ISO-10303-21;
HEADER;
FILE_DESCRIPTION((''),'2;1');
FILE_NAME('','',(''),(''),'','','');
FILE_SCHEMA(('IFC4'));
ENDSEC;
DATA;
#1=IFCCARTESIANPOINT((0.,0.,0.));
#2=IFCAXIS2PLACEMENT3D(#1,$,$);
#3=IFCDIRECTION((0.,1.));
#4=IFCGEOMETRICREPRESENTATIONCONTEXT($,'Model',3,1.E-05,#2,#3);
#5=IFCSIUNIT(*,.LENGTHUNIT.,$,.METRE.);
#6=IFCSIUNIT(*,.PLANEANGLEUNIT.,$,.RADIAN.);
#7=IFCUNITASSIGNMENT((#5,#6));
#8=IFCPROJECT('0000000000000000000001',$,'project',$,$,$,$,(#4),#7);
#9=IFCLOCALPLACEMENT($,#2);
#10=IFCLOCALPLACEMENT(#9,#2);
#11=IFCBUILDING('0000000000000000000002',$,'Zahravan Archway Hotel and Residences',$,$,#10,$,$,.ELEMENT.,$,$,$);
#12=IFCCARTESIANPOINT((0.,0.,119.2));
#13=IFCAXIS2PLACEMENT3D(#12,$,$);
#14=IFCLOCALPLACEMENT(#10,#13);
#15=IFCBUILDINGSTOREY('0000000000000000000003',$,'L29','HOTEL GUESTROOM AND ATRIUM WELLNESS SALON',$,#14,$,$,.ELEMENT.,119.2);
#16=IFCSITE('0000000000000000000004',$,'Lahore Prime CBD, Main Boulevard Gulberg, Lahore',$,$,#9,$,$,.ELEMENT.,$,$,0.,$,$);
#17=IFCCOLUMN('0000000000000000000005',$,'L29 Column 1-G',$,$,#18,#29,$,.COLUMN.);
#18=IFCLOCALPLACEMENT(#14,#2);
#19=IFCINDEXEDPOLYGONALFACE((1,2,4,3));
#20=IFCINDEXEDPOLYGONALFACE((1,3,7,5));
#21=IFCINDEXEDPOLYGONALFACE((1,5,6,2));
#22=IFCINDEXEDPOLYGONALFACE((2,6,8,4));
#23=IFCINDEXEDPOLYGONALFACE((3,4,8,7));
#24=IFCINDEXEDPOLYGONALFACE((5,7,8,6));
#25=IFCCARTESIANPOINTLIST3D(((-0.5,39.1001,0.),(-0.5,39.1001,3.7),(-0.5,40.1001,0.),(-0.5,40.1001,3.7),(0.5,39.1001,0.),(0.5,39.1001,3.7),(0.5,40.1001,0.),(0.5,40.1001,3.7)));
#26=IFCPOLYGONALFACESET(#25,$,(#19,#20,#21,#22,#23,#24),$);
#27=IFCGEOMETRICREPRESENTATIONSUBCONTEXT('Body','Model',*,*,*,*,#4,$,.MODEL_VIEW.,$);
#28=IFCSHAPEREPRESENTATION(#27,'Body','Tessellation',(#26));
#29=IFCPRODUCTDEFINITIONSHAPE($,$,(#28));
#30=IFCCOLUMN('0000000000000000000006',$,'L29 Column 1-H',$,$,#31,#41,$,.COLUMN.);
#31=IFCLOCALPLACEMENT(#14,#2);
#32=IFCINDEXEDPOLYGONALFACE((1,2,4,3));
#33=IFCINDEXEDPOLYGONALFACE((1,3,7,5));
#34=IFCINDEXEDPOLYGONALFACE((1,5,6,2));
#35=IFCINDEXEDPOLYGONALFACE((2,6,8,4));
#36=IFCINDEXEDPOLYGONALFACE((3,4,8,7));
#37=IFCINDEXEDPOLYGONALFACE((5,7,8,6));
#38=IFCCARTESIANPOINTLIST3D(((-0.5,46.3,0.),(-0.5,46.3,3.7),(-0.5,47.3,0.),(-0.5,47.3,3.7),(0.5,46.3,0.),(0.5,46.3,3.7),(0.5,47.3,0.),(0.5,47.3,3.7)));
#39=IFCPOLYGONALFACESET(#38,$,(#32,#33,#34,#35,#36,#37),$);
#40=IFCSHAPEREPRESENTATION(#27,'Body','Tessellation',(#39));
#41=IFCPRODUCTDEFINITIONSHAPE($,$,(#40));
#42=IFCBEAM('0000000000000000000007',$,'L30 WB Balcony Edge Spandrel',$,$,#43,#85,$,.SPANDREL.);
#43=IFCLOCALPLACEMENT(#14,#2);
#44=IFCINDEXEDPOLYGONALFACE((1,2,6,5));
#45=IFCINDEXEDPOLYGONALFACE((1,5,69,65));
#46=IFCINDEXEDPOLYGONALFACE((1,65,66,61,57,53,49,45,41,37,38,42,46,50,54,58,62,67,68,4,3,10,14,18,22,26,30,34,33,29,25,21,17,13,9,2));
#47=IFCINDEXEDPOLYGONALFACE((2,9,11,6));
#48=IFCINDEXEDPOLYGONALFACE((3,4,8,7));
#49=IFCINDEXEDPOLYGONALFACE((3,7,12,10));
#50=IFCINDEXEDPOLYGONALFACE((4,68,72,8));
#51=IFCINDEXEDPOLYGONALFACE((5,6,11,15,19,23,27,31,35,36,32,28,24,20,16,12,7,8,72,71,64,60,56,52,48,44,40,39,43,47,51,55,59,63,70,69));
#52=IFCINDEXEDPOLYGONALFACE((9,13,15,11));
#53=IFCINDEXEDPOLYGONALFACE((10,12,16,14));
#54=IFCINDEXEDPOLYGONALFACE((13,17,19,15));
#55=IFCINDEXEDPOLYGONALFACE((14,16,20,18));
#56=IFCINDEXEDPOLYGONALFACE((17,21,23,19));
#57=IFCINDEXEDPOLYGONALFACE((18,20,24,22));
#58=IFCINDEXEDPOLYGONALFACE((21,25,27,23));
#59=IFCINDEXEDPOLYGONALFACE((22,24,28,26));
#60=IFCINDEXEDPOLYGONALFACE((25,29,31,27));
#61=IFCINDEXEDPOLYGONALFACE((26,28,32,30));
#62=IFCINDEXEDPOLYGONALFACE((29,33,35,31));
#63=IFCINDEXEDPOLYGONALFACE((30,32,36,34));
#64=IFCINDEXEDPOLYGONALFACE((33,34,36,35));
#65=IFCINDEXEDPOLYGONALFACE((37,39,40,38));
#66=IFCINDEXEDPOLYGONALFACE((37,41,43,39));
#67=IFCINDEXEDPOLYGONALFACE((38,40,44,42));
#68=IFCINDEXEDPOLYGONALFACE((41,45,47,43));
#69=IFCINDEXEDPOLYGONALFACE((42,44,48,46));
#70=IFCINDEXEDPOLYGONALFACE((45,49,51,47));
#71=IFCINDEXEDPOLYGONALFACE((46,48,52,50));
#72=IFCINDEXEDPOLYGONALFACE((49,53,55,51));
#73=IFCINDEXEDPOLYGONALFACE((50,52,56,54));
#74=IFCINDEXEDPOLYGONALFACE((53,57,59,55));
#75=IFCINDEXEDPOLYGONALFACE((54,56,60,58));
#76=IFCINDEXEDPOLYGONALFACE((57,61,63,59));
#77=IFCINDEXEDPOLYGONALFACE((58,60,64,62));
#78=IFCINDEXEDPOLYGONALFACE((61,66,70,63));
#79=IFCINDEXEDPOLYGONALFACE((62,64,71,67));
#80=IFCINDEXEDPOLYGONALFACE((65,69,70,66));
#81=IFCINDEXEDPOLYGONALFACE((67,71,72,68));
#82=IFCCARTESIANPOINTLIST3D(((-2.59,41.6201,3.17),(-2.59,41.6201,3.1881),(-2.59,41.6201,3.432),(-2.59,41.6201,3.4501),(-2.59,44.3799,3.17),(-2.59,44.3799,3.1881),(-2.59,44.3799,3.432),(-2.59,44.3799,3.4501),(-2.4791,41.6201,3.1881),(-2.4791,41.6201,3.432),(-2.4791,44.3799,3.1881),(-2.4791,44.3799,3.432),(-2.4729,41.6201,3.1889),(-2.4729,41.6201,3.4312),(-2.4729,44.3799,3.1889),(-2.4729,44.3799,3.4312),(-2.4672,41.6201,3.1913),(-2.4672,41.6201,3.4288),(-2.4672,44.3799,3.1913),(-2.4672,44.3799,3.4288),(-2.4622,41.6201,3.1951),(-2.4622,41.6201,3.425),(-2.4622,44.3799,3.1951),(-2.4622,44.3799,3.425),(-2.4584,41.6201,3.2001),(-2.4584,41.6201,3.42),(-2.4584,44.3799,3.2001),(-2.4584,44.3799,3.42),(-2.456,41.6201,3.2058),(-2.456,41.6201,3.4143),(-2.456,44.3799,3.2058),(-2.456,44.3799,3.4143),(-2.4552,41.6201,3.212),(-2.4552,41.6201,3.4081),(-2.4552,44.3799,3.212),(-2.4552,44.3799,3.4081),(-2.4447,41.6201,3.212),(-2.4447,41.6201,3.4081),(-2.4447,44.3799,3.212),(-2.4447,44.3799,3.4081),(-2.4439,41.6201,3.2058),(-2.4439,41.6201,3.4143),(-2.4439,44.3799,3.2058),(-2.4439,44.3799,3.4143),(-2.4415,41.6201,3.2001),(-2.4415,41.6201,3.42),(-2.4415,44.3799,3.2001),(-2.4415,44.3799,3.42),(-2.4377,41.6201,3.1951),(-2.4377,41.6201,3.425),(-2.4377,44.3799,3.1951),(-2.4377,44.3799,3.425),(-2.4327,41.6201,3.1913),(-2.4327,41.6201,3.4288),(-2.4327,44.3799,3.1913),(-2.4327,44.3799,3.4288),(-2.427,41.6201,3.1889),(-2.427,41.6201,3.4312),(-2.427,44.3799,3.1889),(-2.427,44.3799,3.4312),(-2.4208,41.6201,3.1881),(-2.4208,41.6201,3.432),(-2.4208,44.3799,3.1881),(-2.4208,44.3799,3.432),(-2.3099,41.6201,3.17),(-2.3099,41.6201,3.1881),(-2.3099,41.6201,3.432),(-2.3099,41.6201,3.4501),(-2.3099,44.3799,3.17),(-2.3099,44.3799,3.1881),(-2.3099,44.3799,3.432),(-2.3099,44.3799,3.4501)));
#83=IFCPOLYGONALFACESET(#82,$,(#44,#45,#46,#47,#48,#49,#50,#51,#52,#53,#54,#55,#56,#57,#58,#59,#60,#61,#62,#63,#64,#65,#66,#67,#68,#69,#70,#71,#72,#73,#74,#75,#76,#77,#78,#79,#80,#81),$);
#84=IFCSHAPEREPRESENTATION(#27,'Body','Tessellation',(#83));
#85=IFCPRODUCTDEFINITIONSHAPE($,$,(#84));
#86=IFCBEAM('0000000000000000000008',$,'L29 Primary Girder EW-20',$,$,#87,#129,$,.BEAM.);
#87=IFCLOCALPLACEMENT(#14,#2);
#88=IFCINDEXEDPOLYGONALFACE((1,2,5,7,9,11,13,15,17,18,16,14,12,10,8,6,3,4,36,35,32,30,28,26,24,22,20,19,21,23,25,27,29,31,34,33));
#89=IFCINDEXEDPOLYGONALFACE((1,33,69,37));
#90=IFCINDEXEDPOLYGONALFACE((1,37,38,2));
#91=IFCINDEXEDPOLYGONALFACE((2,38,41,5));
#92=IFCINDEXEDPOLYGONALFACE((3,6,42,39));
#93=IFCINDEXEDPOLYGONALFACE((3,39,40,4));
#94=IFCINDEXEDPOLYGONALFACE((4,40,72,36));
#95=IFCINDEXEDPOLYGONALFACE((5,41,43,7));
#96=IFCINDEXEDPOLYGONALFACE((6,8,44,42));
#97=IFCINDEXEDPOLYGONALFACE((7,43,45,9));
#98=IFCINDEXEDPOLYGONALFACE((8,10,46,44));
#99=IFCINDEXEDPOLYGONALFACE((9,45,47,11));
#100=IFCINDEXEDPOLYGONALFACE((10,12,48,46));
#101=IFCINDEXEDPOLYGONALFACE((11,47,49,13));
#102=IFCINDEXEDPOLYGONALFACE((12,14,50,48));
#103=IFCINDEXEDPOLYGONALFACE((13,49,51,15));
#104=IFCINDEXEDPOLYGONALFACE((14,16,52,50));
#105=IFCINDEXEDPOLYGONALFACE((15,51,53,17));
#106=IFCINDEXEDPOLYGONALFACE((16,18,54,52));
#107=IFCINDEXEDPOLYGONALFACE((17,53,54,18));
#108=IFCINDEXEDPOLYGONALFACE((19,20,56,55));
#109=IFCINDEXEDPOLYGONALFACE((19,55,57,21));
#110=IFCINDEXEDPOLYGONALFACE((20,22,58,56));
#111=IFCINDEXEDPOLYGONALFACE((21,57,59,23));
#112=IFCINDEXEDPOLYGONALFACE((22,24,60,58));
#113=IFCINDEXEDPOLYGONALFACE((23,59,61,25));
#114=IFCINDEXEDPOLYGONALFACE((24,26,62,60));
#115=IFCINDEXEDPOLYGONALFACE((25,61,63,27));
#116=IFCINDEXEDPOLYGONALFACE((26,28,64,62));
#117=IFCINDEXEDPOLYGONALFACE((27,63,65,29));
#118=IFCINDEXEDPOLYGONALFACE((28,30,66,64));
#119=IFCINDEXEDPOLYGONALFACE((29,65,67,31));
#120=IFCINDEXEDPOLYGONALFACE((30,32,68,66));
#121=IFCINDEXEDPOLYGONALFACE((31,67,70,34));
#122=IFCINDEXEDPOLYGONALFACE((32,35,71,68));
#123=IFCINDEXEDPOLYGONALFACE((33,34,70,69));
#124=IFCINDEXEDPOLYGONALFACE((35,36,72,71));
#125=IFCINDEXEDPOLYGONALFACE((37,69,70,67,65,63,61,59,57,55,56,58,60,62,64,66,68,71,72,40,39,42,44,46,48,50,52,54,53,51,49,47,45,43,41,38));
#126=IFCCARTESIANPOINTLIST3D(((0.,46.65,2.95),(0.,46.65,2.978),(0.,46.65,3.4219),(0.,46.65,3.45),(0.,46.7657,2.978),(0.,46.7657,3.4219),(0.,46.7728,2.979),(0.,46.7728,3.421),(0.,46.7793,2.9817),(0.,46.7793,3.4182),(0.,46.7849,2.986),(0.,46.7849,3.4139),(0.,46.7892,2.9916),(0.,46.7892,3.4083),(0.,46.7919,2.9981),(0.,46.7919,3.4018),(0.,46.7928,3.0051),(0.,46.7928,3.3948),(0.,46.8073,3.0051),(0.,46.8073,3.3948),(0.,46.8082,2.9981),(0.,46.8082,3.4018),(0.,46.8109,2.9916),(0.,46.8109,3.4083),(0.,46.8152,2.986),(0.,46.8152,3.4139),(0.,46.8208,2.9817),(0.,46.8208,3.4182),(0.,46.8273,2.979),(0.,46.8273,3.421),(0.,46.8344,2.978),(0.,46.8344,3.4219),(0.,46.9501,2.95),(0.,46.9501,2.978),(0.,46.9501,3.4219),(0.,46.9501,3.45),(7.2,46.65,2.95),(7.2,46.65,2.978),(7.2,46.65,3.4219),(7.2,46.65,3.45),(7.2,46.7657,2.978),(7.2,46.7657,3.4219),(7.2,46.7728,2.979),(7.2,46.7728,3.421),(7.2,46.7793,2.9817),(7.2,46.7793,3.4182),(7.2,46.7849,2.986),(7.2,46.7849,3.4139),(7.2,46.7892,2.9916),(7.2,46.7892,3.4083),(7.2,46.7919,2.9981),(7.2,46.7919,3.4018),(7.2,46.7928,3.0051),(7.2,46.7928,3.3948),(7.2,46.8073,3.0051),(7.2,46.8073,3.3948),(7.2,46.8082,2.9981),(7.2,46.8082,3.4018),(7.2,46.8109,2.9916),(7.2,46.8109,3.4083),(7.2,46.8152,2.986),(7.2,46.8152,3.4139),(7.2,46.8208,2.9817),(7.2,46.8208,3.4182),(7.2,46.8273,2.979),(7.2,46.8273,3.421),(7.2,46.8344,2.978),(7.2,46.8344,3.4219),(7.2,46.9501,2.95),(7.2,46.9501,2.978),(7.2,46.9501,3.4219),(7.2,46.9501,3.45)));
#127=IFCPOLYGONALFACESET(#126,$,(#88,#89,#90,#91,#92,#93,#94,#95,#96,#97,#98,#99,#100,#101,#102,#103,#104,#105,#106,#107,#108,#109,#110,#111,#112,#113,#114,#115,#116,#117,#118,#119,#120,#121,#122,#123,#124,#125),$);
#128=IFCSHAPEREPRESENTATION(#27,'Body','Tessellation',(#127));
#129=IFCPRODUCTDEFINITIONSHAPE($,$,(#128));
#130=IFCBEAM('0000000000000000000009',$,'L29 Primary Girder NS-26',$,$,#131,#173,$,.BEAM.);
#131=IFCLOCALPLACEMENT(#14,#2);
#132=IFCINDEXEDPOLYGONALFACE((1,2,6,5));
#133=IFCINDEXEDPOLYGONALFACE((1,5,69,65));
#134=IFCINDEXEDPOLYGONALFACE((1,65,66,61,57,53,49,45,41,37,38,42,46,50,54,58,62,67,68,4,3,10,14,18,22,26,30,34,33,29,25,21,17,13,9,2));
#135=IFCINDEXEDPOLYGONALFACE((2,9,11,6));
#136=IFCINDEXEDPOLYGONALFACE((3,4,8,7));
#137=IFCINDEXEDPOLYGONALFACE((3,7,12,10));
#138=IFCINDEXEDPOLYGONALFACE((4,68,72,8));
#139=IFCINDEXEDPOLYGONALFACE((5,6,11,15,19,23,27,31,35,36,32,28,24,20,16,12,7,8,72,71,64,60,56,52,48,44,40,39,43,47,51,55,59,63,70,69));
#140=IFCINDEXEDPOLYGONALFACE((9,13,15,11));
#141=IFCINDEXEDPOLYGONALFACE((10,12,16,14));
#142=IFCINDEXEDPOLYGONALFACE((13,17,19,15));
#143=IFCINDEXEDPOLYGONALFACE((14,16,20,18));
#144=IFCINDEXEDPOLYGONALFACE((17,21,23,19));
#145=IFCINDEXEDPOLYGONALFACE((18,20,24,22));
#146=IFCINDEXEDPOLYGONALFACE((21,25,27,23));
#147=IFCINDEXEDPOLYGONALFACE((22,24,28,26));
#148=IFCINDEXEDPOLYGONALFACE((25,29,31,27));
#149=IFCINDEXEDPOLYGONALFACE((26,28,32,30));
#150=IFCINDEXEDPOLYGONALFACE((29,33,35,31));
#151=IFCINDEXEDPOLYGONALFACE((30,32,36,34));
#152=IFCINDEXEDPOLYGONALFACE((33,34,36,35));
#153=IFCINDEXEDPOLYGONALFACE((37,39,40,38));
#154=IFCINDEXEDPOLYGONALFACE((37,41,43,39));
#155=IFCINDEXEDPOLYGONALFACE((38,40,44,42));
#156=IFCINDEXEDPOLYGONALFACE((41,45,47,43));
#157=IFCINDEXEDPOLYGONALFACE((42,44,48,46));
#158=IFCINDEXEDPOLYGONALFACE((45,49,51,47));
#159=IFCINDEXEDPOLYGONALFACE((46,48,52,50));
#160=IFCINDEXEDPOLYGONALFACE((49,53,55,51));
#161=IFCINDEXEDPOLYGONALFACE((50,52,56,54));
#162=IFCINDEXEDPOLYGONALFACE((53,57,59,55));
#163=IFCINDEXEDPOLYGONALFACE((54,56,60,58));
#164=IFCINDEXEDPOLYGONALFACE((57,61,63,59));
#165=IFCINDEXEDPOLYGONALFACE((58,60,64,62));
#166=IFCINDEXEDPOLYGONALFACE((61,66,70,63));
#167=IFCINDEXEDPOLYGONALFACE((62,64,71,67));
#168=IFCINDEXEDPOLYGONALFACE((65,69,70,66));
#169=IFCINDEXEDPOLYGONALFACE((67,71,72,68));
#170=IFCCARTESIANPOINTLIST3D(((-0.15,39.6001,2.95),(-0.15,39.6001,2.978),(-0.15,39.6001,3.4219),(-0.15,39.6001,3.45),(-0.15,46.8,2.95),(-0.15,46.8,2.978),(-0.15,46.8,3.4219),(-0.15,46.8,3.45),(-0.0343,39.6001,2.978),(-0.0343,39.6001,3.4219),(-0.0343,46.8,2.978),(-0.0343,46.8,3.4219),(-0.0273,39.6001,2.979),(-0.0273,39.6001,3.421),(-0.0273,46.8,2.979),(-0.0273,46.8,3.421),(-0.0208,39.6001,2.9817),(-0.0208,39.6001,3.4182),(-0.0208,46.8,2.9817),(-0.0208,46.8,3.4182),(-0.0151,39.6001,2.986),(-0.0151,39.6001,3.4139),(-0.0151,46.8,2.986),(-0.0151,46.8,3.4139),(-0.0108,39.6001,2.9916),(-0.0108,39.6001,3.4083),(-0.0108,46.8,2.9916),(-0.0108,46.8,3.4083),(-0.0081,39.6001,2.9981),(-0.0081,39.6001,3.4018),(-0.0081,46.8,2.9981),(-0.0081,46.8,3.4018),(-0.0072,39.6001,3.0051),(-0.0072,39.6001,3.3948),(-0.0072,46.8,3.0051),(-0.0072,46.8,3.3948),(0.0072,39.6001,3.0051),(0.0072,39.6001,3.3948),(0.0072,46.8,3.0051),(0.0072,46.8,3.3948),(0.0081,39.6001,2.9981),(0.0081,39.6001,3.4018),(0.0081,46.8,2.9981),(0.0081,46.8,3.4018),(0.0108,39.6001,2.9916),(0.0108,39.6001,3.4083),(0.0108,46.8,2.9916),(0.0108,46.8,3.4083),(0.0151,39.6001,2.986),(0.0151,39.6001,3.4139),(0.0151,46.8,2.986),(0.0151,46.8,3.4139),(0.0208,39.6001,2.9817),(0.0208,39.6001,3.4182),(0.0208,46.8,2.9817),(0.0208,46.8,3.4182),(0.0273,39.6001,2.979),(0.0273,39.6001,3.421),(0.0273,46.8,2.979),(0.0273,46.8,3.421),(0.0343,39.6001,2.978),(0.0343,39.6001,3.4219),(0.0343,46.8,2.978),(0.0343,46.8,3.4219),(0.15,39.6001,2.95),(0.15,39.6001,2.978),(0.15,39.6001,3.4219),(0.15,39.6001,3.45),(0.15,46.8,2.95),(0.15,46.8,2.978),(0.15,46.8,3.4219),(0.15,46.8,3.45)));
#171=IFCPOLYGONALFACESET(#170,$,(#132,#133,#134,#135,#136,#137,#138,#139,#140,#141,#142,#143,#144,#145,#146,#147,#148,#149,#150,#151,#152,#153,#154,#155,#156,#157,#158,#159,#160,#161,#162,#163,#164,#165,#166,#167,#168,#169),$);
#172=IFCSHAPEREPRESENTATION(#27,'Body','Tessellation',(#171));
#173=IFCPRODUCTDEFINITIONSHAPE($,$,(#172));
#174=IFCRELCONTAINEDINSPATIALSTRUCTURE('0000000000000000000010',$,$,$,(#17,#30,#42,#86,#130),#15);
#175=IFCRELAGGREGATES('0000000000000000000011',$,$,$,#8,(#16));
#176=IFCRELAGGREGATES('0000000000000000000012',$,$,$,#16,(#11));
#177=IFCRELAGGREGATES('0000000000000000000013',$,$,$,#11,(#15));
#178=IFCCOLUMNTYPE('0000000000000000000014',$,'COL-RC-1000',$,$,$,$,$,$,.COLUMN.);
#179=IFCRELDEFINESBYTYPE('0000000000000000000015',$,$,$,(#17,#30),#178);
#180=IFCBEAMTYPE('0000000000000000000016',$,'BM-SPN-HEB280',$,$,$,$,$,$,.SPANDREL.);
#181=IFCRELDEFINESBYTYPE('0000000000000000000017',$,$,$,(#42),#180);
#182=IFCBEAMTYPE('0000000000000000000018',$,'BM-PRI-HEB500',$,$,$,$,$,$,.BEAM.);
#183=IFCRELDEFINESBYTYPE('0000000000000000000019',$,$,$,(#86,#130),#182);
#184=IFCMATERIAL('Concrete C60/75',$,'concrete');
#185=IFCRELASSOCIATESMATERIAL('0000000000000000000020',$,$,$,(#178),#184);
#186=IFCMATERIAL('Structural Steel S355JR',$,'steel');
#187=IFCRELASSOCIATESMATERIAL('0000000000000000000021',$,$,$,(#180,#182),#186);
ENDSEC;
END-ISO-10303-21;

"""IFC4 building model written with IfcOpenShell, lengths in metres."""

from ifc_helpers import new_model, si_unit, direction, frame, origin, origin_2d, place, context, subcontext, project, spatial, rectangle, i_section, extrude, source, transform, mapped, material, material_profile, profile_set, type_object, type_shapes, element, save


model = new_model("IFC4")

# Units and contexts
model_context = context("Model", 3, precision=1e-05, world=origin(), true_north=direction((0.0, 1.0)))
body_context = subcontext(model_context, "Body", "Model", "MODEL_VIEW")
ifc_project = project(units=[si_unit("LENGTHUNIT", "METRE"), si_unit("PLANEANGLEUNIT", "RADIAN")], contexts=[model_context])

# Site, building, storey
site_placement = place(None, origin())
site = spatial("IfcSite", under=ifc_project, at=site_placement, Name="Lahore Prime CBD, Main Boulevard Gulberg, Lahore", CompositionType="ELEMENT", RefElevation=0.0)
building_placement = place(site_placement, origin())
building = spatial("IfcBuilding", under=site, at=building_placement, Name="Zahravan Archway Hotel and Residences", CompositionType="ELEMENT")
storey_placement = place(building_placement, frame((0.0, 0.0, 119.2)))
storey = spatial("IfcBuildingStorey", under=building, at=storey_placement, Name="L29", Description="HOTEL GUESTROOM AND ATRIUM WELLNESS SALON", CompositionType="ELEMENT", Elevation=119.2)

# Columns
ifc_material_1 = material(Name="Concrete C60/75", Category="concrete")
ifc_material_profile_1 = material_profile(ifc_material_1, rectangle(XDim=1.0, YDim=1.0, at=origin_2d()), Name="RC-COL-1000x1000", Category="concrete")
ifc_profile_set_1 = profile_set([ifc_material_profile_1], Name="Concrete C60/75")
column_type = type_object("IfcColumnType", Name="COL-RC-1000", PredefinedType="COLUMN", material=ifc_profile_set_1)
shared_shape_1 = source(origin(), body_context, "Body", "SweptSolid", [
    extrude(rectangle(XDim=1.0, YDim=1.0, at=origin_2d()), origin(), (0.0, 0.0, 1.0), 3.7),
])
type_shapes(column_type, [shared_shape_1])
for number, where, z_axis, x_axis, name in (
    (1, (0.0, 39.6001, 0.0), (0.0, 0.0, 1.0), (1.0, 0.0, 0.0), "L29 Column 1-G"),
    (2, (0.0, 46.8, 0.0), (0.0, 0.0, 1.0), (1.0, 0.0, 0.0), "L29 Column 1-H"),
):
    element("IfcColumn", number, at=place(storey_placement, frame(where, z_axis=z_axis, x_axis=x_axis)), inside=storey, type_object=column_type, Name=name, PredefinedType="COLUMN", context=body_context, shape_type="MappedRepresentation", body=[
        mapped(shared_shape_1, transform((0.0, 0.0, 0.0), scale=1.0)),
    ])

# Beams
ifc_material_2 = material(Name="Structural Steel S355JR", Category="steel")
ifc_material_profile_2 = material_profile(ifc_material_2, i_section(OverallWidth=0.28, OverallDepth=0.28, WebThickness=0.0105, FlangeThickness=0.0181, FilletRadius=0.0239, at=origin_2d()), Name="HEB 280", Category="steel")
ifc_profile_set_2 = profile_set([ifc_material_profile_2], Name="Structural Steel S355JR")
beam_type_1 = type_object("IfcBeamType", Name="BM-SPN-HEB280", PredefinedType="SPANDREL", material=ifc_profile_set_2)
shared_shape_2 = source(origin(), body_context, "Body", "SweptSolid", [
    extrude(i_section(OverallWidth=0.28, OverallDepth=0.28, WebThickness=0.0105, FlangeThickness=0.0181, FilletRadius=0.0239, at=origin_2d()), origin(), (0.0, 0.0, 1.0), 2.7598),
])
beam_placement = place(storey_placement, frame((-2.45, 41.6201, 3.3101), z_axis=(0.0, 1.0, 0.0), x_axis=(-1.0, 0.0, 0.0)))
element("IfcBeam", 3, at=beam_placement, inside=storey, type_object=beam_type_1, Name="L30 WB Balcony Edge Spandrel", PredefinedType="SPANDREL", context=body_context, shape_type="MappedRepresentation", body=[
    mapped(shared_shape_2, transform((0.0, 0.0, 0.0), scale=1.0)),
])
ifc_material_profile_3 = material_profile(ifc_material_2, i_section(OverallWidth=0.3, OverallDepth=0.5, WebThickness=0.0144, FlangeThickness=0.0281, FilletRadius=0.0271, at=origin_2d()), Name="HEB 500", Category="steel")
ifc_profile_set_3 = profile_set([ifc_material_profile_3], Name="Structural Steel S355JR")
beam_type_2 = type_object("IfcBeamType", Name="BM-PRI-HEB500", PredefinedType="BEAM", material=ifc_profile_set_3)
shared_shape_3 = source(origin(), body_context, "Body", "SweptSolid", [
    extrude(i_section(OverallWidth=0.3, OverallDepth=0.5, WebThickness=0.0144, FlangeThickness=0.0281, FilletRadius=0.0271, at=origin_2d()), origin(), (0.0, 0.0, 1.0), 7.2),
])
for number, where, z_axis, x_axis, name in (
    (4, (0.0, 46.8, 3.2), (1.0, 0.0, 0.0), (0.0, 1.0, 0.0), "L29 Primary Girder EW-20"),
    (5, (0.0, 39.6001, 3.2), (0.0, 1.0, 0.0), (-1.0, 0.0, 0.0), "L29 Primary Girder NS-26"),
):
    element("IfcBeam", number, at=place(storey_placement, frame(where, z_axis=z_axis, x_axis=x_axis)), inside=storey, type_object=beam_type_2, Name=name, PredefinedType="BEAM", context=body_context, shape_type="MappedRepresentation", body=[
        mapped(shared_shape_3, transform((0.0, 0.0, 0.0), scale=1.0)),
    ])

save(model, "model.ifc")
